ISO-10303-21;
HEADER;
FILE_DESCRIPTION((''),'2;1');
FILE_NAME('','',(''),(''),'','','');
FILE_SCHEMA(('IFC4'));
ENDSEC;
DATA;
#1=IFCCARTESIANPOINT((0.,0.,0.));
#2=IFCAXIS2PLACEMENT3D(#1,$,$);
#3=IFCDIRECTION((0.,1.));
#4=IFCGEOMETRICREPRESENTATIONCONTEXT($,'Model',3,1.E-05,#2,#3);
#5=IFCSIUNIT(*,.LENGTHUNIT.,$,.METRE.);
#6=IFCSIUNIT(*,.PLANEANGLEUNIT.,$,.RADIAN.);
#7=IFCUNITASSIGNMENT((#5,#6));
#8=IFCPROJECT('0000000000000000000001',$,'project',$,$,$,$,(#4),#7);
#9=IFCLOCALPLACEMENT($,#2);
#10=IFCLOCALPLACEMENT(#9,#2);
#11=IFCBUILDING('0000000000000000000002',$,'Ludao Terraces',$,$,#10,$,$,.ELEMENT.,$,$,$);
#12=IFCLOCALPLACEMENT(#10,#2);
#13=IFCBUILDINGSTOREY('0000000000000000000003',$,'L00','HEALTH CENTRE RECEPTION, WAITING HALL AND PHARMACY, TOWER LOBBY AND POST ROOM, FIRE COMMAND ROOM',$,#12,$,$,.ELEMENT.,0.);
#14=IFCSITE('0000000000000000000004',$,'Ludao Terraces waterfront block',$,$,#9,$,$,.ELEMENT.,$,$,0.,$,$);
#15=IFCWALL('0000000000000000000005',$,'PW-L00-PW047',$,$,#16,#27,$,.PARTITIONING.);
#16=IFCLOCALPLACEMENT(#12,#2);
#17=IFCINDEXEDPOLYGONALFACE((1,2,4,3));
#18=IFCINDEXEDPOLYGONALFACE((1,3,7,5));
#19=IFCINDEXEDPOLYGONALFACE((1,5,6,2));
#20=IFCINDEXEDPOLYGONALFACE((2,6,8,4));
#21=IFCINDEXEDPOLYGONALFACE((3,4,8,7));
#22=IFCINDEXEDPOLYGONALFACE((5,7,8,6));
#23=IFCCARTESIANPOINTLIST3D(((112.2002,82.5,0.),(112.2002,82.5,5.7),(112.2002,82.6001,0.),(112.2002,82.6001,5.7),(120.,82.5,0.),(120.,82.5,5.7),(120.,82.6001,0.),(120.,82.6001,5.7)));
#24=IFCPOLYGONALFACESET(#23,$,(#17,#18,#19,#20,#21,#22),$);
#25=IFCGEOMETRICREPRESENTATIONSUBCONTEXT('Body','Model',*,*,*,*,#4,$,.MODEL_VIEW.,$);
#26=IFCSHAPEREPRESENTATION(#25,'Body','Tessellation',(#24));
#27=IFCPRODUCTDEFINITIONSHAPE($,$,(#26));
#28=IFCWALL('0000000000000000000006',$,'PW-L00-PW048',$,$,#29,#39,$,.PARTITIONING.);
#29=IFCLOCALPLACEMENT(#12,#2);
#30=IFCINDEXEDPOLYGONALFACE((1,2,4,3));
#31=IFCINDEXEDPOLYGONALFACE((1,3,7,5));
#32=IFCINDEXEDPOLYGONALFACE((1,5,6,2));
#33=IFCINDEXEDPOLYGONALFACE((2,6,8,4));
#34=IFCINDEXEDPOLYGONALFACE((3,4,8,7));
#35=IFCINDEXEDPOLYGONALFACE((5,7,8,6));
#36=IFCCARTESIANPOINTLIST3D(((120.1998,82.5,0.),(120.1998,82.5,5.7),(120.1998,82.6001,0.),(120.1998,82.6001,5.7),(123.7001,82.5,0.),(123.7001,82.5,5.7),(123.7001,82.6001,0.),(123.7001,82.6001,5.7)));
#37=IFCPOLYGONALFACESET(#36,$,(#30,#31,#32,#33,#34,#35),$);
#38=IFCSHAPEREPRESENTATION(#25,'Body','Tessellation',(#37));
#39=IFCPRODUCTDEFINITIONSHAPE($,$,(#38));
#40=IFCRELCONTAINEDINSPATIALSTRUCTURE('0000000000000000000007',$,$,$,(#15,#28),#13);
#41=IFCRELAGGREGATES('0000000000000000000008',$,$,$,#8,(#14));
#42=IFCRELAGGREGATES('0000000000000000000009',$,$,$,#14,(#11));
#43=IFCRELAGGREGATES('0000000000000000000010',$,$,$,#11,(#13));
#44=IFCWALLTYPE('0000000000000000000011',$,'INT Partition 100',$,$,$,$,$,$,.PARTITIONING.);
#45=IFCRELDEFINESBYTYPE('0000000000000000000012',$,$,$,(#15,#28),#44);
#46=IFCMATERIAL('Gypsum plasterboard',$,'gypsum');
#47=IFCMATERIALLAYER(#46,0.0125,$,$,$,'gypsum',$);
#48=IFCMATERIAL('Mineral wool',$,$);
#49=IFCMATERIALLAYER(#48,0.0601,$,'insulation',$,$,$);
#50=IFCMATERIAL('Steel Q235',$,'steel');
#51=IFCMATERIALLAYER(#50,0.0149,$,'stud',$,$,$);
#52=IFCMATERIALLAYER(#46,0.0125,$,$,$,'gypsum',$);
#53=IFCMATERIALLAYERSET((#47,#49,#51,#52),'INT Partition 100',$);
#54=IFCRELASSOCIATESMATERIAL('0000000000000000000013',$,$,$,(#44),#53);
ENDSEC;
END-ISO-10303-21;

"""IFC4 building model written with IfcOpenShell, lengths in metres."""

from ifc_helpers import new_model, si_unit, direction, frame, frame_2d, origin, place, context, subcontext, project, spatial, rectangle, extrude, material, layer, layer_set, type_object, element, save


model = new_model("IFC4")

# Units and contexts
model_context = context("Model", 3, precision=1e-05, world=origin(), true_north=direction((0.0, 1.0)))
body_context = subcontext(model_context, "Body", "Model", "MODEL_VIEW")
ifc_project = project(units=[si_unit("LENGTHUNIT", "METRE"), si_unit("PLANEANGLEUNIT", "RADIAN")], contexts=[model_context])

# Site, building, storey
site_placement = place(None, origin())
site = spatial("IfcSite", under=ifc_project, at=site_placement, Name="Ludao Terraces waterfront block", CompositionType="ELEMENT", RefElevation=0.0)
building_placement = place(site_placement, origin())
building = spatial("IfcBuilding", under=site, at=building_placement, Name="Ludao Terraces", CompositionType="ELEMENT")
storey_placement = place(building_placement, origin())
storey = spatial("IfcBuildingStorey", under=building, at=storey_placement, Name="L00", Description="HEALTH CENTRE RECEPTION, WAITING HALL AND PHARMACY, TOWER LOBBY AND POST ROOM, FIRE COMMAND ROOM", CompositionType="ELEMENT", Elevation=0.0)

# Walls
ifc_material_1 = material(Name="Mineral wool")
ifc_material_2 = material(Name="Gypsum plasterboard", Category="gypsum")
ifc_layer_1 = layer(ifc_material_2, 0.0125, Category="gypsum")
ifc_layer_2 = layer(ifc_material_1, 0.0601, Name="insulation")
ifc_material_3 = material(Name="Steel Q235", Category="steel")
ifc_layer_3 = layer(ifc_material_3, 0.0149, Name="stud")
ifc_layer_4 = layer(ifc_material_2, 0.0125, Category="gypsum")
ifc_layer_set_1 = layer_set([ifc_layer_1, ifc_layer_2, ifc_layer_3, ifc_layer_4], Name="INT Partition 100")
wall_type_1 = type_object("IfcWallType", Name="INT Partition 100", PredefinedType="PARTITIONING", material=ifc_layer_set_1)
wall_1_placement = place(storey_placement, frame((112.2002, 82.55, 0.0), z_axis=(0.0, 0.0, 1.0), x_axis=(1.0, 0.0, 0.0)))
element("IfcWall", 1, at=wall_1_placement, inside=storey, type_object=wall_type_1, Name="PW-L00-PW047", PredefinedType="PARTITIONING", context=body_context, shape_type="SweptSolid", body=[
    extrude(rectangle(XDim=7.7998, YDim=0.1001, at=frame_2d((3.8999, 0.0))), origin(), (0.0, 0.0, 1.0), 5.7),
])
wall_2_placement = place(storey_placement, frame((120.2, 82.55, 0.0), z_axis=(0.0, 0.0, 1.0), x_axis=(1.0, 0.0, 0.0)))
element("IfcWall", 2, at=wall_2_placement, inside=storey, type_object=wall_type_1, Name="PW-L00-PW048", PredefinedType="PARTITIONING", context=body_context, shape_type="SweptSolid", body=[
    extrude(rectangle(XDim=3.5002, YDim=0.1001, at=frame_2d((1.75, 0.0))), origin(), (0.0, 0.0, 1.0), 5.7),
])

save(model, "model.ifc")
